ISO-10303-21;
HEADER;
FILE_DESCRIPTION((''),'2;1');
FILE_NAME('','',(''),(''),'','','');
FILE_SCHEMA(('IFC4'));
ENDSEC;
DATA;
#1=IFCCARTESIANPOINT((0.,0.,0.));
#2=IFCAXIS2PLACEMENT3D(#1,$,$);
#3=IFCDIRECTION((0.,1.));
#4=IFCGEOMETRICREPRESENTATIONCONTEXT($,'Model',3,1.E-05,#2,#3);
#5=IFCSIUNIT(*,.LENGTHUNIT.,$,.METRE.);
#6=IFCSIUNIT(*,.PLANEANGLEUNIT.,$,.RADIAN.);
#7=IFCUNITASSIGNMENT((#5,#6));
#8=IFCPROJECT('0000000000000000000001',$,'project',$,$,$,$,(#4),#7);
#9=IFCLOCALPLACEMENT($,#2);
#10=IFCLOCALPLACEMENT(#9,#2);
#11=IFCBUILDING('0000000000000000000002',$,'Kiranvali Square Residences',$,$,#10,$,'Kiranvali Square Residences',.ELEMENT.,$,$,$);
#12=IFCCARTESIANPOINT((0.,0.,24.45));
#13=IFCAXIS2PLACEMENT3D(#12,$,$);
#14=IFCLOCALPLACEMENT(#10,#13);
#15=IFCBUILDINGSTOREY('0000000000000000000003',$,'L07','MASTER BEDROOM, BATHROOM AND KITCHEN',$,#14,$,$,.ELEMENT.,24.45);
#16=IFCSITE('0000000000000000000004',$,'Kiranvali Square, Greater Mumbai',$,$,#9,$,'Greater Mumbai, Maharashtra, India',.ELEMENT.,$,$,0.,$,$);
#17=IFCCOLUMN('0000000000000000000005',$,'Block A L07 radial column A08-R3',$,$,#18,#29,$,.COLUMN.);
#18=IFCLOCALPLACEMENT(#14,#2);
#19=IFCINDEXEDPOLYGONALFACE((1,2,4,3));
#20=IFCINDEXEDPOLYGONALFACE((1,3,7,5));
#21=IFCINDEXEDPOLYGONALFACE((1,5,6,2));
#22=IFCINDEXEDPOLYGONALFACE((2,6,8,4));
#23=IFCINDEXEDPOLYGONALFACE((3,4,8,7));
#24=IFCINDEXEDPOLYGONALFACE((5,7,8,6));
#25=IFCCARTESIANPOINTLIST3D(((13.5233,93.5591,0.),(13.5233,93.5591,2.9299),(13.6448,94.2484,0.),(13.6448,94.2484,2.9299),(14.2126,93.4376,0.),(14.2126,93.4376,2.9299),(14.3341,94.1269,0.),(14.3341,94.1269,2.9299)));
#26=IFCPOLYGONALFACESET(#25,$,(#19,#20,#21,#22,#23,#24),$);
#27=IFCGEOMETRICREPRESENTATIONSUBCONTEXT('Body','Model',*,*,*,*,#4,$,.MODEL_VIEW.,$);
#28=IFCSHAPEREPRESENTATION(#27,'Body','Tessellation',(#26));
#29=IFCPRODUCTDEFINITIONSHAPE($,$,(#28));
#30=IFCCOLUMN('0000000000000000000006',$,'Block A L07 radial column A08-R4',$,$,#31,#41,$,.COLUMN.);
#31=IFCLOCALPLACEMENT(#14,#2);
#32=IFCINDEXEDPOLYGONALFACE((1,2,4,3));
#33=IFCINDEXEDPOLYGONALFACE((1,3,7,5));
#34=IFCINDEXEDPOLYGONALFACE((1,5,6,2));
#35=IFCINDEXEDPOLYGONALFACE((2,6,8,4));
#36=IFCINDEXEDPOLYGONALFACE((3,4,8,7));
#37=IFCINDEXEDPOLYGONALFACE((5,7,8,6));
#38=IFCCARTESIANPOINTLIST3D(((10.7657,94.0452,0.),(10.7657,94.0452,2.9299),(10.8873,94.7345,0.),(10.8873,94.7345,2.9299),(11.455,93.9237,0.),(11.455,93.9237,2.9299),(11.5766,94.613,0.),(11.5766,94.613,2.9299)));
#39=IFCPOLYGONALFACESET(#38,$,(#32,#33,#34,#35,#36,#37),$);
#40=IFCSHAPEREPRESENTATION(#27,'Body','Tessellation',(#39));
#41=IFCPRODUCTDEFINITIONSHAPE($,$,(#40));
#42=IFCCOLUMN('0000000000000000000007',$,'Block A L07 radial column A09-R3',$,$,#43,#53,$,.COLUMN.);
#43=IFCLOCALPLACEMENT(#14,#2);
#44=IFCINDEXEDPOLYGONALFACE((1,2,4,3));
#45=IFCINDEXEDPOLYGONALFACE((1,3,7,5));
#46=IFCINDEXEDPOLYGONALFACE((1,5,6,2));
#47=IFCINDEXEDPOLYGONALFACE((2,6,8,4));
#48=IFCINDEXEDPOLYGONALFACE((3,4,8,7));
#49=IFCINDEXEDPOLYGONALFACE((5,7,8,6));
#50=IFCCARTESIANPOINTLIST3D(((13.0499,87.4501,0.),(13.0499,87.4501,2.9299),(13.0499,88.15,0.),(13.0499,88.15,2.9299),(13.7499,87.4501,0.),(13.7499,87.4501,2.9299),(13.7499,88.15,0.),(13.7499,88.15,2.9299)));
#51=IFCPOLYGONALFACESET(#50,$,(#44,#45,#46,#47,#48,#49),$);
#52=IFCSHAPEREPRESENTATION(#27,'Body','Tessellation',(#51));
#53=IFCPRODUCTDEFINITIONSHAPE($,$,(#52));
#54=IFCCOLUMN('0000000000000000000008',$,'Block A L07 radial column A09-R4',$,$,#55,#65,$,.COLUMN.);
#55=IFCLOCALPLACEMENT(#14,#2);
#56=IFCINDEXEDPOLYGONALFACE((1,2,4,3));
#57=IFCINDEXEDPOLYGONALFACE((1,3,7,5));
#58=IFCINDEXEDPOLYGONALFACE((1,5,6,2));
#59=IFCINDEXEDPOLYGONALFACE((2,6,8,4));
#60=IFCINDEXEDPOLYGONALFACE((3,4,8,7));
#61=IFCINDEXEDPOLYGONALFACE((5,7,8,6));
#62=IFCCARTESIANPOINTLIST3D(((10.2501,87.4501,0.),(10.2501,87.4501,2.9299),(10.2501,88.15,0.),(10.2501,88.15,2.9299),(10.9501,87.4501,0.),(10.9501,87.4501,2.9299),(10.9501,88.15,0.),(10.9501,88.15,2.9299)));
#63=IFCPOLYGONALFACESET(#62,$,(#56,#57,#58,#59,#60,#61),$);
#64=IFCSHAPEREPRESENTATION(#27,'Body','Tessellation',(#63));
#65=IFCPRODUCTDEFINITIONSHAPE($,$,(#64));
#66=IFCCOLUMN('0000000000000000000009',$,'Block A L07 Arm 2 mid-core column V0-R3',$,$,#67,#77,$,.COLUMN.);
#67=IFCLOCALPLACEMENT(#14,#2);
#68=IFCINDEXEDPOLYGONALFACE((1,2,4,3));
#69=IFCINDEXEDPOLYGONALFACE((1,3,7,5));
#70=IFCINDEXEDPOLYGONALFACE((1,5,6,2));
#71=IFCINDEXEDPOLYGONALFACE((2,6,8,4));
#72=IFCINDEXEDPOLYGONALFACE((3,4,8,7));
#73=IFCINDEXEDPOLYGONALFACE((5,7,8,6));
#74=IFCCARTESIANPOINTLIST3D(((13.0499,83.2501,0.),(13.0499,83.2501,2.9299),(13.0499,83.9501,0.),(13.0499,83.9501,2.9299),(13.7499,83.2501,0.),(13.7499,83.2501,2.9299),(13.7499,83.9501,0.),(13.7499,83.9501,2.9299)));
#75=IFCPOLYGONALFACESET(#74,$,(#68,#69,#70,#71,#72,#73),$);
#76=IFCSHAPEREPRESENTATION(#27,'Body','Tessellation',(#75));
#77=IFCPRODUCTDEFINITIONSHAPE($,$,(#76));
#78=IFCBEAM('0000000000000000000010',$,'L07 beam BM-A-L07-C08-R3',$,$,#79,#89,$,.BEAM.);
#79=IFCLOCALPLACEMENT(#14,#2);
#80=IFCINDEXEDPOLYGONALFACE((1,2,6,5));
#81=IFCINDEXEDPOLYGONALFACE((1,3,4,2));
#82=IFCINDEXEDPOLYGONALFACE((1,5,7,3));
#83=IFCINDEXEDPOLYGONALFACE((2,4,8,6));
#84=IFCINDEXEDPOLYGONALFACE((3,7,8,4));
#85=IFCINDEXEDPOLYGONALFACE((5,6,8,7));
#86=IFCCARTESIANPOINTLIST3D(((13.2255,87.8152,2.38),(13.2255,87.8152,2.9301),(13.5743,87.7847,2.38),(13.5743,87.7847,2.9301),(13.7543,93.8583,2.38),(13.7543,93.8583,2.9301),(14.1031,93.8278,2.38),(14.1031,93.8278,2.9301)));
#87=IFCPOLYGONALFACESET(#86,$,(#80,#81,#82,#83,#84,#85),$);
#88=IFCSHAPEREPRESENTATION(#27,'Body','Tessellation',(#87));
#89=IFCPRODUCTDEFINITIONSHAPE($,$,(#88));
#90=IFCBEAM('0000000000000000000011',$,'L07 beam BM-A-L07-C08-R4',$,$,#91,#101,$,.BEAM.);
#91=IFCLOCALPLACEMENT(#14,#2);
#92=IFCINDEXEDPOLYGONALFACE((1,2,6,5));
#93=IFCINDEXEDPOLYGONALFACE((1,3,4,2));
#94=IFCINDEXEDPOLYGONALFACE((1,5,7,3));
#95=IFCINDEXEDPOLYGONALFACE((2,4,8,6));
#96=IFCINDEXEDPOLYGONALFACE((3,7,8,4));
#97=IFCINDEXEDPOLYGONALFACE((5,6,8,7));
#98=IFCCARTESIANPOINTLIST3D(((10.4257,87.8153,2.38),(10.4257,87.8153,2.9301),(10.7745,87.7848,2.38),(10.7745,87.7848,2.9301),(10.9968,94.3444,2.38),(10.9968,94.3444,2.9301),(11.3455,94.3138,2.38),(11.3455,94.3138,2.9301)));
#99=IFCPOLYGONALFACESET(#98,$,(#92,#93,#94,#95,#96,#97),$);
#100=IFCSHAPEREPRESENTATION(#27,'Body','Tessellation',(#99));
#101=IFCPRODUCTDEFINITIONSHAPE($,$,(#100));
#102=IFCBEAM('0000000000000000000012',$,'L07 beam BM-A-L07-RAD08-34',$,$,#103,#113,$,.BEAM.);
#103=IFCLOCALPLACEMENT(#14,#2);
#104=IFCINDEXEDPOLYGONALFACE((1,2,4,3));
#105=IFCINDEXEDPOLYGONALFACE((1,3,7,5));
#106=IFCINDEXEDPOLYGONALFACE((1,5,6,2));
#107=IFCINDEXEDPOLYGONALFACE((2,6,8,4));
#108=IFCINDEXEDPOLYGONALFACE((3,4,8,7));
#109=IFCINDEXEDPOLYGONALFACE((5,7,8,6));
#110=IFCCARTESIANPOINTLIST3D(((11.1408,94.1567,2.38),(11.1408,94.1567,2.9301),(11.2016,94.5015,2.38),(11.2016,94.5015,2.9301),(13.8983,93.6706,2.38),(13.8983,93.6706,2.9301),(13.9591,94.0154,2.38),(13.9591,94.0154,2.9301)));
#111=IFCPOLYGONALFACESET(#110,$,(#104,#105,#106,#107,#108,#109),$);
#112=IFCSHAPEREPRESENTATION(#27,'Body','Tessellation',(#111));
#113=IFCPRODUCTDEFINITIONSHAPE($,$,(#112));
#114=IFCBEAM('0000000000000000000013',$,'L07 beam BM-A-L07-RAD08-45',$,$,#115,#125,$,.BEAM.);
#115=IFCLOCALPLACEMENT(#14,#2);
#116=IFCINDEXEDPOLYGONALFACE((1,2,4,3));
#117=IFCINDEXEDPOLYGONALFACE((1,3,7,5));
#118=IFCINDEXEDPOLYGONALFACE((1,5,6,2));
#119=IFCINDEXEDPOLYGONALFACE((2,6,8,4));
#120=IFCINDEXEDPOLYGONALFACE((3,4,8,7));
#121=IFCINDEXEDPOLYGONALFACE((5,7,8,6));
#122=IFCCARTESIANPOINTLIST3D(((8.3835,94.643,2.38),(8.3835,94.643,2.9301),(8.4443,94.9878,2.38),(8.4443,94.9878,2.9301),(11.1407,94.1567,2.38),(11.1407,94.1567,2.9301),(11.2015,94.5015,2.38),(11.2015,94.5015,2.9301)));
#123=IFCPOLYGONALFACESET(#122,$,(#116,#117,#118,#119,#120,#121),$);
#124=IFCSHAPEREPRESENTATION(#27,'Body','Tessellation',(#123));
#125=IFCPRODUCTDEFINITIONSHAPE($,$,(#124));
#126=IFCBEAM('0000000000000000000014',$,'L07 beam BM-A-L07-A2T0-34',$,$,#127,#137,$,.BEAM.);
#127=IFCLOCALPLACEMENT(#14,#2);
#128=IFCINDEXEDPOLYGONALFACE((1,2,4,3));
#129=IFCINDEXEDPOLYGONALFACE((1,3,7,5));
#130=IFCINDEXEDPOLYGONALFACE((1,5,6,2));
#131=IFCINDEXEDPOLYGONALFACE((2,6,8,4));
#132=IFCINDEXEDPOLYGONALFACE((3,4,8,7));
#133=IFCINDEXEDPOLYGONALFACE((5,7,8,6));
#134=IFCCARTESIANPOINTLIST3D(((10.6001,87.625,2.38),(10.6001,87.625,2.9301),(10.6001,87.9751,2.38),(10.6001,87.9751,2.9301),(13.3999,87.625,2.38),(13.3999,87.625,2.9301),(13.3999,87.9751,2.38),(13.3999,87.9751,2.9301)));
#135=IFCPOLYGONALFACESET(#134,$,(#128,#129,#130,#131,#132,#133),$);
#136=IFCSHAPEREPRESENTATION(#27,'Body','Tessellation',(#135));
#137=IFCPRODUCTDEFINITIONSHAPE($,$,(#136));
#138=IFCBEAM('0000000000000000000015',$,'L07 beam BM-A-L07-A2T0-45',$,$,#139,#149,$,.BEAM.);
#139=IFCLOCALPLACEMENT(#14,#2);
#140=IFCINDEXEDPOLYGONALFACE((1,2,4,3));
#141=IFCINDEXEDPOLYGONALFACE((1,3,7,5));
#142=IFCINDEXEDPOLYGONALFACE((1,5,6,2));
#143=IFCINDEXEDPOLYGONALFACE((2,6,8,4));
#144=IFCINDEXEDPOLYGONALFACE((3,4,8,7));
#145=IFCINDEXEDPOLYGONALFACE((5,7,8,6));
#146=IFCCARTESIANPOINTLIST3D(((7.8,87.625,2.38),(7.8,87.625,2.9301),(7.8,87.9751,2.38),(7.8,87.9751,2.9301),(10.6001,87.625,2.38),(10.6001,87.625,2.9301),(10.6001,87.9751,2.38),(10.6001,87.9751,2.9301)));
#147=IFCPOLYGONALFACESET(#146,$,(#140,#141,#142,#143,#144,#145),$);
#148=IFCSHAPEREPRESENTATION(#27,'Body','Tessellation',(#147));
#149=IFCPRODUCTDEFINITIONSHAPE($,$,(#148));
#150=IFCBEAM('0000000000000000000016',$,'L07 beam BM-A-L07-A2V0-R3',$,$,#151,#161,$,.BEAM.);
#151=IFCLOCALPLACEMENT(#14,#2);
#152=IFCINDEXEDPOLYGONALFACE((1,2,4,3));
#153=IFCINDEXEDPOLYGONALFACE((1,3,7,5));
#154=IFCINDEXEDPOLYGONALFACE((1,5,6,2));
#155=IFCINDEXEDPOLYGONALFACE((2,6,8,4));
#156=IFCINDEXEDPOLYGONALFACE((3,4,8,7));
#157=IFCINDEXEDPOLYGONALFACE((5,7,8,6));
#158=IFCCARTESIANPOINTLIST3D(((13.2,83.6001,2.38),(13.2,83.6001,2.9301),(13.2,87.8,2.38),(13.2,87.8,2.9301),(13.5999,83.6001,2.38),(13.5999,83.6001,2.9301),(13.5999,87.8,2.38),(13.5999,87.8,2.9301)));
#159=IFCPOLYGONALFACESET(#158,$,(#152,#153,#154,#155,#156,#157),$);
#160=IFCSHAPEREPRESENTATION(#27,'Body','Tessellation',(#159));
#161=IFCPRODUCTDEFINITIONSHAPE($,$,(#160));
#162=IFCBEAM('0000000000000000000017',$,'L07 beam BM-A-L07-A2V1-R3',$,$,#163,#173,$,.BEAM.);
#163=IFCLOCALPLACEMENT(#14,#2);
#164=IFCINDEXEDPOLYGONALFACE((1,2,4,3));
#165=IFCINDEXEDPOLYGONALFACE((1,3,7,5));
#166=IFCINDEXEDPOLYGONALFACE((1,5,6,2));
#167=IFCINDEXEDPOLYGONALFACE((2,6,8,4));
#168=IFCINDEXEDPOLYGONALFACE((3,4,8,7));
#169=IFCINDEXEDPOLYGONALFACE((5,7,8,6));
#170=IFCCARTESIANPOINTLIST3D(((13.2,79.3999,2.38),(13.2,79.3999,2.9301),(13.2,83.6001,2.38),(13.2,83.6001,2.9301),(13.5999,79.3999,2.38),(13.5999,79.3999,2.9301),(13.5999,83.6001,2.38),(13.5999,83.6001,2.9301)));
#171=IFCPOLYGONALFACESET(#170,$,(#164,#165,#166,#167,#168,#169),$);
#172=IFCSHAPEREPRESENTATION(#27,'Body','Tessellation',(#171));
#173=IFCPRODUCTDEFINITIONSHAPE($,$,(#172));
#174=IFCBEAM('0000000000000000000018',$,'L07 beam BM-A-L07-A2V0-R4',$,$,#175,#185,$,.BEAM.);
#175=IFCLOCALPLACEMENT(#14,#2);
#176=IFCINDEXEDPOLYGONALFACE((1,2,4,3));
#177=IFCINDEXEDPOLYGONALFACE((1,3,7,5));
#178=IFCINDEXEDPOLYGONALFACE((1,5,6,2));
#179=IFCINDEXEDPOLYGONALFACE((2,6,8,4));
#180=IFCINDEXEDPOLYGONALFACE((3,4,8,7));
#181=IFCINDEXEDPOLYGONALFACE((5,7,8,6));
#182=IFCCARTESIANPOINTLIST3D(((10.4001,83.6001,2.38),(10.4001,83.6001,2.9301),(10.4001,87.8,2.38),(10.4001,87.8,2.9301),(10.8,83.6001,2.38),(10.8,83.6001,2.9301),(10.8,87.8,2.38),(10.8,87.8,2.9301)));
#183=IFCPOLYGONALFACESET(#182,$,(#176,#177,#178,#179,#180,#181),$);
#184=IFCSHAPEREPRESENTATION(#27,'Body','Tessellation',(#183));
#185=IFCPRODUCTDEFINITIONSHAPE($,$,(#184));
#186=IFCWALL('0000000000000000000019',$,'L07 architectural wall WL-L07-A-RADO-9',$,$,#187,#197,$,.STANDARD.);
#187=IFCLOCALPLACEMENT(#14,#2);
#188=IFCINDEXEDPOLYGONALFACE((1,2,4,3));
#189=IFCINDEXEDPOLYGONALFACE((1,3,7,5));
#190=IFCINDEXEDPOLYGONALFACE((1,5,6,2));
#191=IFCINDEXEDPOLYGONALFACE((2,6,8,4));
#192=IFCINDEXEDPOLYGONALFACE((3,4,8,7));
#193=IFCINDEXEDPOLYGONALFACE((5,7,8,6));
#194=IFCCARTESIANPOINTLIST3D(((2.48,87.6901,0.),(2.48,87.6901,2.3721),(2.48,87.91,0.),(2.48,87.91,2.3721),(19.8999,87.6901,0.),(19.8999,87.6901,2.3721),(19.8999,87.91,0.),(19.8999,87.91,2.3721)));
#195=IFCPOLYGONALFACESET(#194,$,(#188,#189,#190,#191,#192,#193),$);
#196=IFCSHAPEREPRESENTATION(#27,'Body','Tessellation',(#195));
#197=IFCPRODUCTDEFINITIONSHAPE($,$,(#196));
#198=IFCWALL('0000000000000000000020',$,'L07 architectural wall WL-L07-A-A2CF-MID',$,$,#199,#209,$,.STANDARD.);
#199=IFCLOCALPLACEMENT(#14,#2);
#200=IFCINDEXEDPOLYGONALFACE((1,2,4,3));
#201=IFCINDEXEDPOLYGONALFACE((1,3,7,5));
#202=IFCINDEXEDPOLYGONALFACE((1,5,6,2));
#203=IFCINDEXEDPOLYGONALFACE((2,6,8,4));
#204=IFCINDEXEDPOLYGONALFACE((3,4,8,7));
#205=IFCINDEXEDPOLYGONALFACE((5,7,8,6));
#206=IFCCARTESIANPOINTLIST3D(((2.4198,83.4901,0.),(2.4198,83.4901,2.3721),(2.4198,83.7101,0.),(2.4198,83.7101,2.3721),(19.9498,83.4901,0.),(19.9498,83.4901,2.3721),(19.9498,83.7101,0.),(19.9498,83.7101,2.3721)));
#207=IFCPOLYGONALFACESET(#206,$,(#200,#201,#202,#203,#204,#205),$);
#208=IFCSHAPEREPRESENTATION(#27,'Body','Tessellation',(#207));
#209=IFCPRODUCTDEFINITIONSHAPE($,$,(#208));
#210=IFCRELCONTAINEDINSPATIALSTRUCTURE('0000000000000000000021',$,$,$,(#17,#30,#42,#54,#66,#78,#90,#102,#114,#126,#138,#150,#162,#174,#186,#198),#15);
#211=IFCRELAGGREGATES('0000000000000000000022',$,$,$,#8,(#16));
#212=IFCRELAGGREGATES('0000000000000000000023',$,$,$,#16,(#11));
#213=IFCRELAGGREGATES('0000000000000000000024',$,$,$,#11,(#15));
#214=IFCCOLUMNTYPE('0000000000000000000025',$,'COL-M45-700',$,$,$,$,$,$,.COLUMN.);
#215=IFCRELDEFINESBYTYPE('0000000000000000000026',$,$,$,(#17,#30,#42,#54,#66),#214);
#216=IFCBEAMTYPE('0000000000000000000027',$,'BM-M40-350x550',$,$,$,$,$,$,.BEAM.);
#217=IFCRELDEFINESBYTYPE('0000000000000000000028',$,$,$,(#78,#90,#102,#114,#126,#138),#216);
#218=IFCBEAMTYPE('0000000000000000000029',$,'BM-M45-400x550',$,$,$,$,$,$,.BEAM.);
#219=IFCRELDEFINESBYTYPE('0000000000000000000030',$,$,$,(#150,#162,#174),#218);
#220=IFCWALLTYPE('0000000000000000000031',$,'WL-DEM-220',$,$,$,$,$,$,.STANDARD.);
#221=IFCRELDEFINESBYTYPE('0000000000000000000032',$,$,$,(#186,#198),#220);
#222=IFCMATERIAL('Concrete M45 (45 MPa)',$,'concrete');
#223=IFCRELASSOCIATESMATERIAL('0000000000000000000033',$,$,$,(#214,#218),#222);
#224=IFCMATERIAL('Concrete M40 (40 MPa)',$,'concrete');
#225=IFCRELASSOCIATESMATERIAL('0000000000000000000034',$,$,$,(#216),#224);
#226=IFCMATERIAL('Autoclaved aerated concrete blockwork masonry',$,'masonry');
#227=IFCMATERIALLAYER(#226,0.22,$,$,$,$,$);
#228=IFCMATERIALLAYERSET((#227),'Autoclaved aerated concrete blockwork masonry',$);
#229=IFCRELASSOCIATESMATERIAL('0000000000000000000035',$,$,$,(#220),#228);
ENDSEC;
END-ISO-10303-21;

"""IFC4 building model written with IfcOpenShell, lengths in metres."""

from ifc_helpers import new_model, si_unit, direction, frame, frame_2d, origin, origin_2d, place, context, subcontext, project, spatial, rectangle, extrude, material, layer, layer_set, material_profile, profile_set, type_object, element, save


model = new_model("IFC4")

# Units and contexts
model_context = context("Model", 3, precision=1e-05, world=origin(), true_north=direction((0.0, 1.0)))
body_context = subcontext(model_context, "Body", "Model", "MODEL_VIEW")
ifc_project = project(units=[si_unit("LENGTHUNIT", "METRE"), si_unit("PLANEANGLEUNIT", "RADIAN")], contexts=[model_context])

# Site, building, storey
site_placement = place(None, origin())
site = spatial("IfcSite", under=ifc_project, at=site_placement, Name="Kiranvali Square, Greater Mumbai", LongName="Greater Mumbai, Maharashtra, India", CompositionType="ELEMENT", RefElevation=0.0)
building_placement = place(site_placement, origin())
building = spatial("IfcBuilding", under=site, at=building_placement, Name="Kiranvali Square Residences", LongName="Kiranvali Square Residences", CompositionType="ELEMENT")
storey_placement = place(building_placement, frame((0.0, 0.0, 24.45)))
storey = spatial("IfcBuildingStorey", under=building, at=storey_placement, Name="L07", Description="MASTER BEDROOM, BATHROOM AND KITCHEN", CompositionType="ELEMENT", Elevation=24.45)

# Columns
ifc_material_1 = material(Name="Concrete M45 (45 MPa)", Category="concrete")
ifc_material_profile_1 = material_profile(ifc_material_1, rectangle(XDim=0.7, YDim=0.7, at=origin_2d()), Name="RC 700x700")
ifc_profile_set_1 = profile_set([ifc_material_profile_1], Name="Concrete M45 (45 MPa)")
column_type = type_object("IfcColumnType", Name="COL-M45-700", PredefinedType="COLUMN", material=ifc_profile_set_1)
for number, where, z_axis, x_axis, name in (
    (1, (13.9287, 93.843, 0.0), (0.0, 0.0, 1.0), (0.173648, 0.984808, 0.0), "Block A L07 radial column A08-R3"),
    (2, (11.1711, 94.3291, 0.0), (0.0, 0.0, 1.0), (0.173648, 0.984808, 0.0), "Block A L07 radial column A08-R4"),
    (3, (13.3999, 87.8, 0.0), (0.0, 0.0, 1.0), (0.0, 1.0, 0.0), "Block A L07 radial column A09-R3"),
    (4, (10.6001, 87.8, 0.0), (0.0, 0.0, 1.0), (0.0, 1.0, 0.0), "Block A L07 radial column A09-R4"),
    (5, (13.3999, 83.6001, 0.0), (0.0, 0.0, 1.0), (1.0, 0.0, 0.0), "Block A L07 Arm 2 mid-core column V0-R3"),
):
    element("IfcColumn", number, at=place(storey_placement, frame(where, z_axis=z_axis, x_axis=x_axis)), inside=storey, type_object=column_type, Name=name, PredefinedType="COLUMN", context=body_context, shape_type="SweptSolid", body=[
        extrude(rectangle(XDim=0.7, YDim=0.7, at=origin_2d()), origin(), (0.0, 0.0, 1.0), 2.9299),
    ])

# Beams
ifc_material_2 = material(Name="Concrete M40 (40 MPa)", Category="concrete")
ifc_material_profile_2 = material_profile(ifc_material_2, rectangle(XDim=0.3501, YDim=0.55, at=origin_2d()), Name="RC 350x550")
ifc_profile_set_2 = profile_set([ifc_material_profile_2], Name="Concrete M40 (40 MPa)")
beam_type_1 = type_object("IfcBeamType", Name="BM-M40-350x550", PredefinedType="BEAM", material=ifc_profile_set_2)
beam_1_placement = place(storey_placement, frame((13.9287, 93.843, 2.655), z_axis=(-0.087175, -0.996193, 0.0), x_axis=(0.996193, -0.087175, 0.0)))
element("IfcBeam", 6, at=beam_1_placement, inside=storey, type_object=beam_type_1, Name="L07 beam BM-A-L07-C08-R3", PredefinedType="BEAM", context=body_context, shape_type="SweptSolid", body=[
    extrude(rectangle(XDim=0.3501, YDim=0.55, at=origin_2d()), origin(), (0.0, 0.0, 1.0), 6.0662),
])
beam_2_placement = place(storey_placement, frame((11.1711, 94.3291, 2.655), z_axis=(-0.08713, -0.996197, 0.0), x_axis=(0.996197, -0.08713, 0.0)))
element("IfcBeam", 7, at=beam_2_placement, inside=storey, type_object=beam_type_1, Name="L07 beam BM-A-L07-C08-R4", PredefinedType="BEAM", context=body_context, shape_type="SweptSolid", body=[
    extrude(rectangle(XDim=0.3501, YDim=0.55, at=origin_2d()), origin(), (0.0, 0.0, 1.0), 6.554),
])
beam_3_placement = place(storey_placement, frame((13.9287, 93.843, 2.655), z_axis=(-0.984817, 0.173596, 0.0), x_axis=(-0.173596, -0.984817, 0.0)))
element("IfcBeam", 8, at=beam_3_placement, inside=storey, type_object=beam_type_1, Name="L07 beam BM-A-L07-RAD08-34", PredefinedType="BEAM", context=body_context, shape_type="SweptSolid", body=[
    extrude(rectangle(XDim=0.3501, YDim=0.55, at=origin_2d()), origin(), (0.0, 0.0, 1.0), 2.8),
])
for number, where, z_axis, x_axis, name in (
    (9, (11.1711, 94.3291, 2.655), (-0.984799, 0.173696, 0.0), (-0.173696, -0.984799, 0.0), "L07 beam BM-A-L07-RAD08-45"),
    (10, (13.3999, 87.8, 2.655), (-1.0, 0.0, 0.0), (0.0, -1.0, 0.0), "L07 beam BM-A-L07-A2T0-34"),
):
    element("IfcBeam", number, at=place(storey_placement, frame(where, z_axis=z_axis, x_axis=x_axis)), inside=storey, type_object=beam_type_1, Name=name, PredefinedType="BEAM", context=body_context, shape_type="SweptSolid", body=[
        extrude(rectangle(XDim=0.3501, YDim=0.55, at=origin_2d()), origin(), (0.0, 0.0, 1.0), 2.7998),
    ])
beam_4_placement = place(storey_placement, frame((10.6001, 87.8, 2.655), z_axis=(-1.0, 0.0, 0.0), x_axis=(0.0, -1.0, 0.0)))
element("IfcBeam", 11, at=beam_4_placement, inside=storey, type_object=beam_type_1, Name="L07 beam BM-A-L07-A2T0-45", PredefinedType="BEAM", context=body_context, shape_type="SweptSolid", body=[
    extrude(rectangle(XDim=0.3501, YDim=0.55, at=origin_2d()), origin(), (0.0, 0.0, 1.0), 2.8),
])
ifc_material_profile_3 = material_profile(ifc_material_1, rectangle(XDim=0.3999, YDim=0.55, at=origin_2d()), Name="RC 400x550")
ifc_profile_set_3 = profile_set([ifc_material_profile_3], Name="Concrete M45 (45 MPa)")
beam_type_2 = type_object("IfcBeamType", Name="BM-M45-400x550", PredefinedType="BEAM", material=ifc_profile_set_3)
beam_5_placement = place(storey_placement, frame((13.3999, 87.8, 2.655), z_axis=(0.0, -1.0, 0.0), x_axis=(1.0, 0.0, 0.0)))
element("IfcBeam", 12, at=beam_5_placement, inside=storey, type_object=beam_type_2, Name="L07 beam BM-A-L07-A2V0-R3", PredefinedType="BEAM", context=body_context, shape_type="SweptSolid", body=[
    extrude(rectangle(XDim=0.3999, YDim=0.55, at=origin_2d()), origin(), (0.0, 0.0, 1.0), 4.2),
])
beam_6_placement = place(storey_placement, frame((13.3999, 83.6001, 2.655), z_axis=(0.0, -1.0, 0.0), x_axis=(1.0, 0.0, 0.0)))
element("IfcBeam", 13, at=beam_6_placement, inside=storey, type_object=beam_type_2, Name="L07 beam BM-A-L07-A2V1-R3", PredefinedType="BEAM", context=body_context, shape_type="SweptSolid", body=[
    extrude(rectangle(XDim=0.3999, YDim=0.55, at=origin_2d()), origin(), (0.0, 0.0, 1.0), 4.2002),
])
beam_7_placement = place(storey_placement, frame((10.6001, 87.8, 2.655), z_axis=(0.0, -1.0, 0.0), x_axis=(1.0, 0.0, 0.0)))
element("IfcBeam", 14, at=beam_7_placement, inside=storey, type_object=beam_type_2, Name="L07 beam BM-A-L07-A2V0-R4", PredefinedType="BEAM", context=body_context, shape_type="SweptSolid", body=[
    extrude(rectangle(XDim=0.3999, YDim=0.55, at=origin_2d()), origin(), (0.0, 0.0, 1.0), 4.2),
])

# Walls
ifc_material_3 = material(Name="Autoclaved aerated concrete blockwork masonry", Category="masonry")
ifc_layer_1 = layer(ifc_material_3, 0.22)
ifc_layer_set_1 = layer_set([ifc_layer_1], Name="Autoclaved aerated concrete blockwork masonry")
wall_type_1 = type_object("IfcWallType", Name="WL-DEM-220", PredefinedType="STANDARD", material=ifc_layer_set_1)
wall_1_placement = place(storey_placement, frame((19.8999, 87.8, 0.0), z_axis=(0.0, 0.0, 1.0), x_axis=(-1.0, 0.0, 0.0)))
element("IfcWall", 15, at=wall_1_placement, inside=storey, type_object=wall_type_1, Name="L07 architectural wall WL-L07-A-RADO-9", PredefinedType="STANDARD", context=body_context, shape_type="SweptSolid", body=[
    extrude(rectangle(XDim=17.4199, YDim=0.22, at=frame_2d((8.71, 0.0))), origin(), (0.0, 0.0, 1.0), 2.3721),
])
wall_2_placement = place(storey_placement, frame((19.95, 83.6001, 0.0), z_axis=(0.0, 0.0, 1.0), x_axis=(-1.0, 0.0, 0.0)))
element("IfcWall", 16, at=wall_2_placement, inside=storey, type_object=wall_type_1, Name="L07 architectural wall WL-L07-A-A2CF-MID", PredefinedType="STANDARD", context=body_context, shape_type="SweptSolid", body=[
    extrude(rectangle(XDim=17.53, YDim=0.22, at=frame_2d((8.7651, 0.0))), origin(), (0.0, 0.0, 1.0), 2.3721),
])

save(model, "model.ifc")
